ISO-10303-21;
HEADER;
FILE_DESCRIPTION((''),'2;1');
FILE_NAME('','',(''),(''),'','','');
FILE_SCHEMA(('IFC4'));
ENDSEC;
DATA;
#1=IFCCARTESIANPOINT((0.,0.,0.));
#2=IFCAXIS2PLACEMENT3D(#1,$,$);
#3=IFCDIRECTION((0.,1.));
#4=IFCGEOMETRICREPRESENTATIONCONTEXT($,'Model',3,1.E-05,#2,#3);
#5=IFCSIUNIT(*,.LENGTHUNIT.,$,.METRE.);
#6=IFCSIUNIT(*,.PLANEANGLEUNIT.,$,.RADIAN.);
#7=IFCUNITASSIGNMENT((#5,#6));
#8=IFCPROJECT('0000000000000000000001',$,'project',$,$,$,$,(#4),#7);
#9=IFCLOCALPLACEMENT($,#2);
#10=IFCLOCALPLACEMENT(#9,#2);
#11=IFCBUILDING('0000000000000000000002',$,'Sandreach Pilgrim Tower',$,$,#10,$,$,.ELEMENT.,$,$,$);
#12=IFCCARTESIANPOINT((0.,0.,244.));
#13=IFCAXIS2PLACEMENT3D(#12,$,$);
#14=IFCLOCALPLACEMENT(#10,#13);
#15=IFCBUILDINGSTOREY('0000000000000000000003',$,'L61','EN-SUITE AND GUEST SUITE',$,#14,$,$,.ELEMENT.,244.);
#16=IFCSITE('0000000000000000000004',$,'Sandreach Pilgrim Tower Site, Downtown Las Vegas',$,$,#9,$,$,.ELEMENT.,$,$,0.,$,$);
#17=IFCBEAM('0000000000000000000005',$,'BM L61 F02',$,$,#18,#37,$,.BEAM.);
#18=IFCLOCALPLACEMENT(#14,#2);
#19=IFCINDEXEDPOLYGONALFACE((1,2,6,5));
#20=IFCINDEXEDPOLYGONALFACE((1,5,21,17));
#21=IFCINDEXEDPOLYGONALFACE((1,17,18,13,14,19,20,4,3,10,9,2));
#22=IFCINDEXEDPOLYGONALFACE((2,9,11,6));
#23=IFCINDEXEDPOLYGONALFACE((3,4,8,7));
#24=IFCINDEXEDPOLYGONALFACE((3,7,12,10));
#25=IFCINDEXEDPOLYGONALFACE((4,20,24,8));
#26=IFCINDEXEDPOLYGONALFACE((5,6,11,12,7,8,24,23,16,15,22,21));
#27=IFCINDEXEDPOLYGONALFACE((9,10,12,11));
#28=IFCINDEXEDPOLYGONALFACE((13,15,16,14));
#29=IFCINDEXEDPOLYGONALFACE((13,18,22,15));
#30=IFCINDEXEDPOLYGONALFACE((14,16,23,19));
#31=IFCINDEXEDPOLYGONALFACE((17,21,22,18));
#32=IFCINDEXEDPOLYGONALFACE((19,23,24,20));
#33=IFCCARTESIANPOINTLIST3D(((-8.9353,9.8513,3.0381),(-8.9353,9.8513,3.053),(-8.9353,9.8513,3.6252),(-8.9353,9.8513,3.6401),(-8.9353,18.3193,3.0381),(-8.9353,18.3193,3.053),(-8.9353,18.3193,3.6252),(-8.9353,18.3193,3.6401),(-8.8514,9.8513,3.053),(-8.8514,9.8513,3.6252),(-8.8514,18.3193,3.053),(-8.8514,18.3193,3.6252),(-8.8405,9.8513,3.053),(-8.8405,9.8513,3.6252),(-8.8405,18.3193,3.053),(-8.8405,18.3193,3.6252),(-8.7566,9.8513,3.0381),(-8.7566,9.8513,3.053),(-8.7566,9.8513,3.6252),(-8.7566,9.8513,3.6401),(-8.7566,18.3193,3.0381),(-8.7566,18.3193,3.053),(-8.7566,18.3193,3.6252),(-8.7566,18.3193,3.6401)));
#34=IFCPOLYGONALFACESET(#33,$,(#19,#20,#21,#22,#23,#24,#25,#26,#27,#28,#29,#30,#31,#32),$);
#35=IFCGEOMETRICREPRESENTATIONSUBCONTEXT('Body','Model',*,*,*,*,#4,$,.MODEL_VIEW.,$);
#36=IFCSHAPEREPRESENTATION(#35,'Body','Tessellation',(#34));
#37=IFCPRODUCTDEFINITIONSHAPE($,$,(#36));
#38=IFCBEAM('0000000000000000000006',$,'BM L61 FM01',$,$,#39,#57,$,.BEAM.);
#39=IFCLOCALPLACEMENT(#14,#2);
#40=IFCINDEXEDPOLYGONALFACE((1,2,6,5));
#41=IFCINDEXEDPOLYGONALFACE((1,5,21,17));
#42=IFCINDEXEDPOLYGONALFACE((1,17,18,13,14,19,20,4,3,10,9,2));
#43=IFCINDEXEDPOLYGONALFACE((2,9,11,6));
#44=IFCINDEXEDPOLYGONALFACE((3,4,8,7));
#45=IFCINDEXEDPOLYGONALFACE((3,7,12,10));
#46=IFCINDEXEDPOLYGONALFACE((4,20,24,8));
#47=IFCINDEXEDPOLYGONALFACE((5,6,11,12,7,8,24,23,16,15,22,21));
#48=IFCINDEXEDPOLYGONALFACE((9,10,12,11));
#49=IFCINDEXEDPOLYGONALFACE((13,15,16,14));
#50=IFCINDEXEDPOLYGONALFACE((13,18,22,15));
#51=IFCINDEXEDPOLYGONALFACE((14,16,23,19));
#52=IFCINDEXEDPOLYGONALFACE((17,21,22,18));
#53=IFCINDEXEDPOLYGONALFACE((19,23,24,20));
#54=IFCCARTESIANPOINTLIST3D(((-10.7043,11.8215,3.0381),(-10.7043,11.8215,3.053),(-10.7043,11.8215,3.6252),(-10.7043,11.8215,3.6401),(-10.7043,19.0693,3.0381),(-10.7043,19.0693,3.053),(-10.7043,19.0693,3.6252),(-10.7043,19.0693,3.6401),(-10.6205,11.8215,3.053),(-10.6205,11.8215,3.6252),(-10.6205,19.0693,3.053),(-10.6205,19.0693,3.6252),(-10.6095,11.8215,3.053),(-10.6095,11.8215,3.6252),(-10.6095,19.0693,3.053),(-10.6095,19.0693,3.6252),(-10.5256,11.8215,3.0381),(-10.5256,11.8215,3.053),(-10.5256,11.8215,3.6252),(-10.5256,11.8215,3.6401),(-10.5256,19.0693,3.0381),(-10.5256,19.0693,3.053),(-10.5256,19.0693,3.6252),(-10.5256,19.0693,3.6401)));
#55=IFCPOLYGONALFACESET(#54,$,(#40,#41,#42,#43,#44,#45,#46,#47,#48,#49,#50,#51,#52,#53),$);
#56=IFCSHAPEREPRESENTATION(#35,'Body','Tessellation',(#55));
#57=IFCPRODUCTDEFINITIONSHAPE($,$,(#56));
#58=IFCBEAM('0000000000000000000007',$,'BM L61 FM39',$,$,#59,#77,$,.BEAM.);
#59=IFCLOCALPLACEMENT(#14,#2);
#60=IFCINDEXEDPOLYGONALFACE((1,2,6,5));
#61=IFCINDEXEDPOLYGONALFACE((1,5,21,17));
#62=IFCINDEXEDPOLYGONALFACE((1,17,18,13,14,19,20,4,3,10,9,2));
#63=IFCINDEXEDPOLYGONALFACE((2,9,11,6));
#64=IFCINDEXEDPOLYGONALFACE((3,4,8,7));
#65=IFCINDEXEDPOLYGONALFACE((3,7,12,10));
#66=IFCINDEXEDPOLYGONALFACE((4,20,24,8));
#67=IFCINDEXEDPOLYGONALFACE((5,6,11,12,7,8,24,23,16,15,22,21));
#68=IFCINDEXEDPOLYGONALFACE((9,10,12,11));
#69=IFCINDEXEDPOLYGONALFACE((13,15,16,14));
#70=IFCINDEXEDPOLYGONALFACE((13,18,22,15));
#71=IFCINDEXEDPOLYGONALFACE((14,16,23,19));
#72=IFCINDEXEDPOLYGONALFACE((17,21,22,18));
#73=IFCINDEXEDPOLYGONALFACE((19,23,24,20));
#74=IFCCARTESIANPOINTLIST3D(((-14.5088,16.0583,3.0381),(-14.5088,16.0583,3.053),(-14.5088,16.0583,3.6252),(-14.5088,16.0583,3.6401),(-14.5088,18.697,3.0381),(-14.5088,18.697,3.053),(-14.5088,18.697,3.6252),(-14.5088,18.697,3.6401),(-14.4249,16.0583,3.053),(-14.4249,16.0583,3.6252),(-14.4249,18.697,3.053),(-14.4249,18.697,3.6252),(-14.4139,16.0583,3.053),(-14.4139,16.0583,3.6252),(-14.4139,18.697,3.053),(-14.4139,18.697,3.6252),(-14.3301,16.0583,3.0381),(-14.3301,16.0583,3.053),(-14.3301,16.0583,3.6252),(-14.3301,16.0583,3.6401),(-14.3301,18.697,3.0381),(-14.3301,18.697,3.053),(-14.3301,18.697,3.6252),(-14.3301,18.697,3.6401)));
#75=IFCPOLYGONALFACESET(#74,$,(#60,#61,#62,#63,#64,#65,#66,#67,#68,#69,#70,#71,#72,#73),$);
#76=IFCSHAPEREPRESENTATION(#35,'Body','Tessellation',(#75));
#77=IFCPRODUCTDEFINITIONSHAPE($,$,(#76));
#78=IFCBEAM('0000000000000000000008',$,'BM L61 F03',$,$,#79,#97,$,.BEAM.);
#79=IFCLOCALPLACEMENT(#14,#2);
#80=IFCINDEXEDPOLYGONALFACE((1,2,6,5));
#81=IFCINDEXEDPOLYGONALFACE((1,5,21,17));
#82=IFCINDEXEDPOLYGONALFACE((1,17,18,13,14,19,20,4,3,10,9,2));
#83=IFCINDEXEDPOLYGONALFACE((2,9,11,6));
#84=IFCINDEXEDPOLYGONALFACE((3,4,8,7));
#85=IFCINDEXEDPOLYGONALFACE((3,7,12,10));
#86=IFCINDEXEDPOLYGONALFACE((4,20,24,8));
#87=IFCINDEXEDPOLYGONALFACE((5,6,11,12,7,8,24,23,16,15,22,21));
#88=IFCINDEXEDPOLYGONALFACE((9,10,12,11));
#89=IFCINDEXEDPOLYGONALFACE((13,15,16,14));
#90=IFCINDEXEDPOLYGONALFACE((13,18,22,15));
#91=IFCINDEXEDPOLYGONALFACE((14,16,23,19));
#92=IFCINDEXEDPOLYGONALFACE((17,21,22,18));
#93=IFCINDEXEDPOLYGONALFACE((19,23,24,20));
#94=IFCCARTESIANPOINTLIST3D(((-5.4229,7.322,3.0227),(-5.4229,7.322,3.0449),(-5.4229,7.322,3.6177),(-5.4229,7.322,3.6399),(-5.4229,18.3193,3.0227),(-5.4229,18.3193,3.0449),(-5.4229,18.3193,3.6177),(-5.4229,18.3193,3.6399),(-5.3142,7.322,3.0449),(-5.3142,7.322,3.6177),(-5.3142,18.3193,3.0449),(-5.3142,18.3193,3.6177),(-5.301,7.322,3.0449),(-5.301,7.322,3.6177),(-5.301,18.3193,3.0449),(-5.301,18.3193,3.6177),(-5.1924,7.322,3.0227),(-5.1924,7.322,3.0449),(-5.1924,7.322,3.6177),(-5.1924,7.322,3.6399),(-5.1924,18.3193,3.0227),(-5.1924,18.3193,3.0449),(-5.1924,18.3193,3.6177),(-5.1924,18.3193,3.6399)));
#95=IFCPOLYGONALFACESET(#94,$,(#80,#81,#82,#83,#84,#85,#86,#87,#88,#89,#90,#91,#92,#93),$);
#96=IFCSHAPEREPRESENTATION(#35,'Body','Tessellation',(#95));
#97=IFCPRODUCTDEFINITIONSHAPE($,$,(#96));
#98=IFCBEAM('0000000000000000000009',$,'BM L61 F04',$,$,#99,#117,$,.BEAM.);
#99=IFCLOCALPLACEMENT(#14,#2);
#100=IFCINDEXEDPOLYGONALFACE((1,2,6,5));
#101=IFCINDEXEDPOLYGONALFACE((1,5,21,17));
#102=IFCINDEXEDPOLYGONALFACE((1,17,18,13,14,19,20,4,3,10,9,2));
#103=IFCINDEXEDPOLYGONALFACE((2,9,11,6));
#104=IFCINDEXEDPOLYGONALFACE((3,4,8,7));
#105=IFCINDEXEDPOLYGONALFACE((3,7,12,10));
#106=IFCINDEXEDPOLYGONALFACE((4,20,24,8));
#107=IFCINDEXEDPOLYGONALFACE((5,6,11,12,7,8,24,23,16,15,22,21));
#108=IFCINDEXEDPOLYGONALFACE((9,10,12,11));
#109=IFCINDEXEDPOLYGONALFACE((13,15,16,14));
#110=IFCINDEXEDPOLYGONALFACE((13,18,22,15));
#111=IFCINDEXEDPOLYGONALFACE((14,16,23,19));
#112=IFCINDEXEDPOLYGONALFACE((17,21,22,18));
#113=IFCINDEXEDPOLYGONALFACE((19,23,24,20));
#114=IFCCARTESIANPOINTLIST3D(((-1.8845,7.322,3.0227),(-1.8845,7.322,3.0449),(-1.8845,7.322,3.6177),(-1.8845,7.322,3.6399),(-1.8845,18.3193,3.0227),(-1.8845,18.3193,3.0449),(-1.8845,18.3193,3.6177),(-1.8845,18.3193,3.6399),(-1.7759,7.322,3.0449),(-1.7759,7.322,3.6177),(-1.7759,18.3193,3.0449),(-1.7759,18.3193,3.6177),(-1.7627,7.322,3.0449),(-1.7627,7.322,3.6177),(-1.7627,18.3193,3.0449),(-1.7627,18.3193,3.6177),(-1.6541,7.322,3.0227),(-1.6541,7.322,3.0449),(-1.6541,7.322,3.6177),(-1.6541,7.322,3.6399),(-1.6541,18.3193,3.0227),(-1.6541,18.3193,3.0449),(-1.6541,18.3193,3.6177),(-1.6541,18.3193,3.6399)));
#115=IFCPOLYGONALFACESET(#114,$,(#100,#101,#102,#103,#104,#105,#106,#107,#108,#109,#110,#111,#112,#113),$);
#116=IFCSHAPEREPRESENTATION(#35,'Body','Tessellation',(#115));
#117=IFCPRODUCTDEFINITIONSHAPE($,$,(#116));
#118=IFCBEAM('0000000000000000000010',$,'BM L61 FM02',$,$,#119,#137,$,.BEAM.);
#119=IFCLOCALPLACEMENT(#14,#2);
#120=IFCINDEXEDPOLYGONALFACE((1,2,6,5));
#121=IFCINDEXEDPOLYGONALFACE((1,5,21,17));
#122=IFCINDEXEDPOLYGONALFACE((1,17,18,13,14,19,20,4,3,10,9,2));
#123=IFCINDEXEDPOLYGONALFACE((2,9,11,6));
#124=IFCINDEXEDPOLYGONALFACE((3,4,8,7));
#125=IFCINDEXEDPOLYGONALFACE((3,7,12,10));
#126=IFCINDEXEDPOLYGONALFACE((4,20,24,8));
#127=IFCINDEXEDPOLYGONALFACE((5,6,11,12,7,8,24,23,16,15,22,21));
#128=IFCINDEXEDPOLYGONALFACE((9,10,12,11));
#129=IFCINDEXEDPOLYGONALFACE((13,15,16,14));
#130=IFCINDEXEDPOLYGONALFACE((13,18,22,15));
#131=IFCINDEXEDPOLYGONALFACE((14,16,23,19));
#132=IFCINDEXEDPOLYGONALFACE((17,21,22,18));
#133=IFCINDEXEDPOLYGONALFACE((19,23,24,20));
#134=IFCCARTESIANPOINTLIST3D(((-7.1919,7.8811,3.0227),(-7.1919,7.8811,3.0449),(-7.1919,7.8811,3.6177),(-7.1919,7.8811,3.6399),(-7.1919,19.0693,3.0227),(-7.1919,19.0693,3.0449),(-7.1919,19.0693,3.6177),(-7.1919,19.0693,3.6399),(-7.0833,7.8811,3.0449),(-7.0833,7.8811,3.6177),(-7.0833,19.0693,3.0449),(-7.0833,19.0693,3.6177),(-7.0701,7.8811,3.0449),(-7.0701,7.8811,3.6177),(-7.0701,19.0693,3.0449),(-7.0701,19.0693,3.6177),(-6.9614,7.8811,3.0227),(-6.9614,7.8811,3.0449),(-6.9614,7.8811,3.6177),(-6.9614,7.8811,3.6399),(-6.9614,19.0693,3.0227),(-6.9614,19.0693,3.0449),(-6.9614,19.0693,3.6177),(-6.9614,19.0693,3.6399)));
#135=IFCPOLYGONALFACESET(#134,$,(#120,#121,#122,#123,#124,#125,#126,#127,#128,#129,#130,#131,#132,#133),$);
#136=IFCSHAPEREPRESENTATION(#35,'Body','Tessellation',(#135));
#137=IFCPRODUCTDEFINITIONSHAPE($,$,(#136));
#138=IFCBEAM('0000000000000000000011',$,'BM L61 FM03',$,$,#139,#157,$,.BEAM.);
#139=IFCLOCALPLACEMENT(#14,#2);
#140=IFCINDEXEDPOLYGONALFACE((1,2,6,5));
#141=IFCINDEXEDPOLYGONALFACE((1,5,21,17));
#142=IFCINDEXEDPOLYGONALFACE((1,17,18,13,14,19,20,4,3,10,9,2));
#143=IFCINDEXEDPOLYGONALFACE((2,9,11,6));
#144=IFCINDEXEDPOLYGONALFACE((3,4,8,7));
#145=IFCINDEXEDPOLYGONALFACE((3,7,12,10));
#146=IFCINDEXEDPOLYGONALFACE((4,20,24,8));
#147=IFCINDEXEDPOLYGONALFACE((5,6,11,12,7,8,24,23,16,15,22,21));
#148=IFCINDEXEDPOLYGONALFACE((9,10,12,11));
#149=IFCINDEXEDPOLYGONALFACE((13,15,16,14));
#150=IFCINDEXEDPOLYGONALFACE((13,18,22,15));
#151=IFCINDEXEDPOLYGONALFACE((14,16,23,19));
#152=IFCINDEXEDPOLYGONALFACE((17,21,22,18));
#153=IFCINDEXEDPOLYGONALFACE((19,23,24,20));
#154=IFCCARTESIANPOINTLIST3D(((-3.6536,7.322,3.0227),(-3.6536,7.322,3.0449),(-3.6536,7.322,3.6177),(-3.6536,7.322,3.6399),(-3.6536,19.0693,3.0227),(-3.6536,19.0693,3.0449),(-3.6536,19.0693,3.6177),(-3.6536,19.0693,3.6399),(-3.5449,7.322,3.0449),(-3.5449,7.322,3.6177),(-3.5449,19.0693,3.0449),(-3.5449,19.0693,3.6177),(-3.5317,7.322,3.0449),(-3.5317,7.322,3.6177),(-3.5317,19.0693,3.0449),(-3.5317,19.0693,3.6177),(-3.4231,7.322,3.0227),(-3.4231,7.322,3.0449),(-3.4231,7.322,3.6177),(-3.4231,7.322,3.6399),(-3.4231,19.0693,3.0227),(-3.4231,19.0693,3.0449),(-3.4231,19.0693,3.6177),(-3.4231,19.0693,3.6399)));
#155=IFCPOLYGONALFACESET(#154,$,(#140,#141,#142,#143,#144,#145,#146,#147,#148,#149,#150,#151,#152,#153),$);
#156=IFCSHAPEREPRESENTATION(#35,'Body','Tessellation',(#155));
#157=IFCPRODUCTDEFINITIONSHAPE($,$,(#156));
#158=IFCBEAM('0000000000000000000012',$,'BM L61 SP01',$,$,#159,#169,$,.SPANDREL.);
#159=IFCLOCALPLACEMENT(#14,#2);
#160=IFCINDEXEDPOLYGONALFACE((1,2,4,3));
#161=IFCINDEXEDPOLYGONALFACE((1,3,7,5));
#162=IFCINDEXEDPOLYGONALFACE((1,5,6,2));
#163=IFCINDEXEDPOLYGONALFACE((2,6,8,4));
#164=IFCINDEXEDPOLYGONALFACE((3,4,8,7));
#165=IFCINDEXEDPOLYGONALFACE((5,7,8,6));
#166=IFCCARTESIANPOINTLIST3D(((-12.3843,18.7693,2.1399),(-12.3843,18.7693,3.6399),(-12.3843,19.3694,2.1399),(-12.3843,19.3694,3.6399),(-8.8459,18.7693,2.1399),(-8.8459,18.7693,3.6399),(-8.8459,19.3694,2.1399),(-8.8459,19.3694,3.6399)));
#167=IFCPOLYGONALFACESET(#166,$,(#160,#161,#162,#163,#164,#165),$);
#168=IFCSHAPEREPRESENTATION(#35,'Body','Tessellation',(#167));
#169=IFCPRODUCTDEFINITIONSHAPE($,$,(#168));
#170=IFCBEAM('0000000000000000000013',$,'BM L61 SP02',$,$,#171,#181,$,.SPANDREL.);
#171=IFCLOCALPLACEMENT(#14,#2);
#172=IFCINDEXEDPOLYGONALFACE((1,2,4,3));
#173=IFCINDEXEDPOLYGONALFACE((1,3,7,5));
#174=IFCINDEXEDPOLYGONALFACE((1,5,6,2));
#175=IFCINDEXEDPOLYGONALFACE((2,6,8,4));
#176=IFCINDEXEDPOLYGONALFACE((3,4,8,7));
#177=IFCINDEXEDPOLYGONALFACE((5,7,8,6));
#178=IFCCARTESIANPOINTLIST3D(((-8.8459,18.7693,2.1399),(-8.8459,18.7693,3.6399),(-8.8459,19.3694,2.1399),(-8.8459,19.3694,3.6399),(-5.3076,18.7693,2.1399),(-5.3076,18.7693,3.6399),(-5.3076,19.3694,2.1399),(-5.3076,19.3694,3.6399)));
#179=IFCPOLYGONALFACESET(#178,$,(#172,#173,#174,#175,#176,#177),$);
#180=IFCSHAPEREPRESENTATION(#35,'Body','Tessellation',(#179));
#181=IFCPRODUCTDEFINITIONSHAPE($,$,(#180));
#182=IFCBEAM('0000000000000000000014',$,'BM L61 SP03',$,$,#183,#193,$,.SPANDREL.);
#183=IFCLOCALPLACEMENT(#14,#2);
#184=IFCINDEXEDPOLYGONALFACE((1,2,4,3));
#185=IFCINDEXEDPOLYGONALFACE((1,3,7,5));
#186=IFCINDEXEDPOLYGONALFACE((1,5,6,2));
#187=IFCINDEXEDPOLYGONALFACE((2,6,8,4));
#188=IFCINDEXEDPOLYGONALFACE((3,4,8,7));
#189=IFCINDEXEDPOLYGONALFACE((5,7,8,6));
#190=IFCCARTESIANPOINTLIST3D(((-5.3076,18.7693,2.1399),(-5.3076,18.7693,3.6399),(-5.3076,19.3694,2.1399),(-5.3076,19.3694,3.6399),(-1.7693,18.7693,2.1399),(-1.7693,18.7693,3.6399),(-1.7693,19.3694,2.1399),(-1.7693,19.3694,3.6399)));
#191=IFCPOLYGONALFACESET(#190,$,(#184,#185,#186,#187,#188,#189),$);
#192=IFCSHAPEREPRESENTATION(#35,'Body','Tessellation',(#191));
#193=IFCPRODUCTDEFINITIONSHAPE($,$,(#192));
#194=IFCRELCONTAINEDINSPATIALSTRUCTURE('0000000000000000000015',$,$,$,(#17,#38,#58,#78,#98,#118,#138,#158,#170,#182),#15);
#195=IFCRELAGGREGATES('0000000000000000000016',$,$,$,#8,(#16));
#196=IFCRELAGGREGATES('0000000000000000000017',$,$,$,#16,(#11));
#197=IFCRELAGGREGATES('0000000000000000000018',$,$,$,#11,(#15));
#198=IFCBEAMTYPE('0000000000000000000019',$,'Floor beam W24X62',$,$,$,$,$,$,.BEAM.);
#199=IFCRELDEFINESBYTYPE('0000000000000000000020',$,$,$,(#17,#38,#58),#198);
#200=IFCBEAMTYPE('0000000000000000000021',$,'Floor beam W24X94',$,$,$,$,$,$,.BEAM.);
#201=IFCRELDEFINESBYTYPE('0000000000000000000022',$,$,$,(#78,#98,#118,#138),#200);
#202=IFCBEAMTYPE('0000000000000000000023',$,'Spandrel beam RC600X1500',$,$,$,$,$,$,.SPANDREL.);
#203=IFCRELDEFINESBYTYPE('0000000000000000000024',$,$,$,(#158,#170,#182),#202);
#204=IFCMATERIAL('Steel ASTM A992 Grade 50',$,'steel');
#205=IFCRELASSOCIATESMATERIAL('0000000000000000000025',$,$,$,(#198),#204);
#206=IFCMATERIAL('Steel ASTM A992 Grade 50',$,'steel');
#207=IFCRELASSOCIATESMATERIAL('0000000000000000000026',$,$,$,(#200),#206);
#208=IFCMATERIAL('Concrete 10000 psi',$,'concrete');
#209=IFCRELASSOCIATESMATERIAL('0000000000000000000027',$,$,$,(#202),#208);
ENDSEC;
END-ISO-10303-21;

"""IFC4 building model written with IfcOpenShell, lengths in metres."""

from ifc_helpers import new_model, si_unit, direction, frame, origin, origin_2d, place, context, subcontext, project, spatial, rectangle, i_section, extrude, material, material_profile, profile_set, type_object, element, save


model = new_model("IFC4")

# Units and contexts
model_context = context("Model", 3, precision=1e-05, world=origin(), true_north=direction((0.0, 1.0)))
body_context = subcontext(model_context, "Body", "Model", "MODEL_VIEW")
ifc_project = project(units=[si_unit("LENGTHUNIT", "METRE"), si_unit("PLANEANGLEUNIT", "RADIAN")], contexts=[model_context])

# Site, building, storey
site_placement = place(None, origin())
site = spatial("IfcSite", under=ifc_project, at=site_placement, Name="Sandreach Pilgrim Tower Site, Downtown Las Vegas", CompositionType="ELEMENT", RefElevation=0.0)
building_placement = place(site_placement, origin())
building = spatial("IfcBuilding", under=site, at=building_placement, Name="Sandreach Pilgrim Tower", CompositionType="ELEMENT")
storey_placement = place(building_placement, frame((0.0, 0.0, 244.0)))
storey = spatial("IfcBuildingStorey", under=building, at=storey_placement, Name="L61", Description="EN-SUITE AND GUEST SUITE", CompositionType="ELEMENT", Elevation=244.0)

# Beams
ifc_material_1 = material(Name="Steel ASTM A992 Grade 50", Category="steel")
ifc_material_profile_1 = material_profile(ifc_material_1, i_section(OverallWidth=0.1787, OverallDepth=0.6021, WebThickness=0.011, FlangeThickness=0.0149, at=origin_2d()), Name="W24X62")
ifc_profile_set_1 = profile_set([ifc_material_profile_1], Name="Steel ASTM A992 Grade 50")
beam_type_1 = type_object("IfcBeamType", Name="Floor beam W24X62", PredefinedType="BEAM", material=ifc_profile_set_1)
beam_1_placement = place(storey_placement, frame((-8.8459, 18.3193, 3.3391), z_axis=(0.0, -1.0, 0.0), x_axis=(1.0, 0.0, 0.0)))
element("IfcBeam", 1, at=beam_1_placement, inside=storey, type_object=beam_type_1, Name="BM L61 F02", PredefinedType="BEAM", context=body_context, shape_type="SweptSolid", body=[
    extrude(i_section(OverallWidth=0.1787, OverallDepth=0.6021, WebThickness=0.011, FlangeThickness=0.0149, at=origin_2d()), origin(), (0.0, 0.0, 1.0), 8.468),
])
beam_2_placement = place(storey_placement, frame((-10.615, 19.0693, 3.3391), z_axis=(0.0, -1.0, 0.0), x_axis=(1.0, 0.0, 0.0)))
element("IfcBeam", 2, at=beam_2_placement, inside=storey, type_object=beam_type_1, Name="BM L61 FM01", PredefinedType="BEAM", context=body_context, shape_type="SweptSolid", body=[
    extrude(i_section(OverallWidth=0.1787, OverallDepth=0.6021, WebThickness=0.011, FlangeThickness=0.0149, at=origin_2d()), origin(), (0.0, 0.0, 1.0), 7.2478),
])
beam_3_placement = place(storey_placement, frame((-14.4194, 18.697, 3.3391), z_axis=(0.0, -1.0, 0.0), x_axis=(1.0, 0.0, 0.0)))
element("IfcBeam", 3, at=beam_3_placement, inside=storey, type_object=beam_type_1, Name="BM L61 FM39", PredefinedType="BEAM", context=body_context, shape_type="SweptSolid", body=[
    extrude(i_section(OverallWidth=0.1787, OverallDepth=0.6021, WebThickness=0.011, FlangeThickness=0.0149, at=origin_2d()), origin(), (0.0, 0.0, 1.0), 2.6387),
])
ifc_material_2 = material(Name="Steel ASTM A992 Grade 50", Category="steel")
ifc_material_profile_2 = material_profile(ifc_material_2, i_section(OverallWidth=0.2305, OverallDepth=0.6172, WebThickness=0.0132, FlangeThickness=0.0222, at=origin_2d()), Name="W24X94")
ifc_profile_set_2 = profile_set([ifc_material_profile_2], Name="Steel ASTM A992 Grade 50")
beam_type_2 = type_object("IfcBeamType", Name="Floor beam W24X94", PredefinedType="BEAM", material=ifc_profile_set_2)
for number, where, z_axis, x_axis, name in (
    (4, (-5.3076, 18.3193, 3.3313), (0.0, -1.0, 0.0), (1.0, 0.0, 0.0), "BM L61 F03"),
    (5, (-1.7693, 18.3193, 3.3313), (0.0, -1.0, 0.0), (1.0, 0.0, 0.0), "BM L61 F04"),
):
    element("IfcBeam", number, at=place(storey_placement, frame(where, z_axis=z_axis, x_axis=x_axis)), inside=storey, type_object=beam_type_2, Name=name, PredefinedType="BEAM", context=body_context, shape_type="SweptSolid", body=[
        extrude(i_section(OverallWidth=0.2305, OverallDepth=0.6172, WebThickness=0.0132, FlangeThickness=0.0222, at=origin_2d()), origin(), (0.0, 0.0, 1.0), 10.9973),
    ])
beam_4_placement = place(storey_placement, frame((-7.0767, 19.0693, 3.3313), z_axis=(0.0, -1.0, 0.0), x_axis=(1.0, 0.0, 0.0)))
element("IfcBeam", 6, at=beam_4_placement, inside=storey, type_object=beam_type_2, Name="BM L61 FM02", PredefinedType="BEAM", context=body_context, shape_type="SweptSolid", body=[
    extrude(i_section(OverallWidth=0.2305, OverallDepth=0.6172, WebThickness=0.0132, FlangeThickness=0.0222, at=origin_2d()), origin(), (0.0, 0.0, 1.0), 11.1882),
])
beam_5_placement = place(storey_placement, frame((-3.5383, 19.0693, 3.3313), z_axis=(0.0, -1.0, 0.0), x_axis=(1.0, 0.0, 0.0)))
element("IfcBeam", 7, at=beam_5_placement, inside=storey, type_object=beam_type_2, Name="BM L61 FM03", PredefinedType="BEAM", context=body_context, shape_type="SweptSolid", body=[
    extrude(i_section(OverallWidth=0.2305, OverallDepth=0.6172, WebThickness=0.0132, FlangeThickness=0.0222, at=origin_2d()), origin(), (0.0, 0.0, 1.0), 11.7473),
])
ifc_material_3 = material(Name="Concrete 10000 psi", Category="concrete")
ifc_material_profile_3 = material_profile(ifc_material_3, rectangle(XDim=0.6001, YDim=1.5, at=origin_2d()), Name="RC600X1500")
ifc_profile_set_3 = profile_set([ifc_material_profile_3], Name="Concrete 10000 psi")
beam_type_3 = type_object("IfcBeamType", Name="Spandrel beam RC600X1500", PredefinedType="SPANDREL", material=ifc_profile_set_3)
for number, where, z_axis, x_axis, name in (
    (8, (-12.3843, 19.0693, 2.8899), (1.0, 0.0, 0.0), (0.0, 1.0, 0.0), "BM L61 SP01"),
    (9, (-8.8459, 19.0693, 2.8899), (1.0, 0.0, 0.0), (0.0, 1.0, 0.0), "BM L61 SP02"),
    (10, (-5.3076, 19.0693, 2.8899), (1.0, 0.0, 0.0), (0.0, 1.0, 0.0), "BM L61 SP03"),
):
    element("IfcBeam", number, at=place(storey_placement, frame(where, z_axis=z_axis, x_axis=x_axis)), inside=storey, type_object=beam_type_3, Name=name, PredefinedType="SPANDREL", context=body_context, shape_type="SweptSolid", body=[
        extrude(rectangle(XDim=0.6001, YDim=1.5, at=origin_2d()), origin(), (0.0, 0.0, 1.0), 3.5383),
    ])

save(model, "model.ifc")
